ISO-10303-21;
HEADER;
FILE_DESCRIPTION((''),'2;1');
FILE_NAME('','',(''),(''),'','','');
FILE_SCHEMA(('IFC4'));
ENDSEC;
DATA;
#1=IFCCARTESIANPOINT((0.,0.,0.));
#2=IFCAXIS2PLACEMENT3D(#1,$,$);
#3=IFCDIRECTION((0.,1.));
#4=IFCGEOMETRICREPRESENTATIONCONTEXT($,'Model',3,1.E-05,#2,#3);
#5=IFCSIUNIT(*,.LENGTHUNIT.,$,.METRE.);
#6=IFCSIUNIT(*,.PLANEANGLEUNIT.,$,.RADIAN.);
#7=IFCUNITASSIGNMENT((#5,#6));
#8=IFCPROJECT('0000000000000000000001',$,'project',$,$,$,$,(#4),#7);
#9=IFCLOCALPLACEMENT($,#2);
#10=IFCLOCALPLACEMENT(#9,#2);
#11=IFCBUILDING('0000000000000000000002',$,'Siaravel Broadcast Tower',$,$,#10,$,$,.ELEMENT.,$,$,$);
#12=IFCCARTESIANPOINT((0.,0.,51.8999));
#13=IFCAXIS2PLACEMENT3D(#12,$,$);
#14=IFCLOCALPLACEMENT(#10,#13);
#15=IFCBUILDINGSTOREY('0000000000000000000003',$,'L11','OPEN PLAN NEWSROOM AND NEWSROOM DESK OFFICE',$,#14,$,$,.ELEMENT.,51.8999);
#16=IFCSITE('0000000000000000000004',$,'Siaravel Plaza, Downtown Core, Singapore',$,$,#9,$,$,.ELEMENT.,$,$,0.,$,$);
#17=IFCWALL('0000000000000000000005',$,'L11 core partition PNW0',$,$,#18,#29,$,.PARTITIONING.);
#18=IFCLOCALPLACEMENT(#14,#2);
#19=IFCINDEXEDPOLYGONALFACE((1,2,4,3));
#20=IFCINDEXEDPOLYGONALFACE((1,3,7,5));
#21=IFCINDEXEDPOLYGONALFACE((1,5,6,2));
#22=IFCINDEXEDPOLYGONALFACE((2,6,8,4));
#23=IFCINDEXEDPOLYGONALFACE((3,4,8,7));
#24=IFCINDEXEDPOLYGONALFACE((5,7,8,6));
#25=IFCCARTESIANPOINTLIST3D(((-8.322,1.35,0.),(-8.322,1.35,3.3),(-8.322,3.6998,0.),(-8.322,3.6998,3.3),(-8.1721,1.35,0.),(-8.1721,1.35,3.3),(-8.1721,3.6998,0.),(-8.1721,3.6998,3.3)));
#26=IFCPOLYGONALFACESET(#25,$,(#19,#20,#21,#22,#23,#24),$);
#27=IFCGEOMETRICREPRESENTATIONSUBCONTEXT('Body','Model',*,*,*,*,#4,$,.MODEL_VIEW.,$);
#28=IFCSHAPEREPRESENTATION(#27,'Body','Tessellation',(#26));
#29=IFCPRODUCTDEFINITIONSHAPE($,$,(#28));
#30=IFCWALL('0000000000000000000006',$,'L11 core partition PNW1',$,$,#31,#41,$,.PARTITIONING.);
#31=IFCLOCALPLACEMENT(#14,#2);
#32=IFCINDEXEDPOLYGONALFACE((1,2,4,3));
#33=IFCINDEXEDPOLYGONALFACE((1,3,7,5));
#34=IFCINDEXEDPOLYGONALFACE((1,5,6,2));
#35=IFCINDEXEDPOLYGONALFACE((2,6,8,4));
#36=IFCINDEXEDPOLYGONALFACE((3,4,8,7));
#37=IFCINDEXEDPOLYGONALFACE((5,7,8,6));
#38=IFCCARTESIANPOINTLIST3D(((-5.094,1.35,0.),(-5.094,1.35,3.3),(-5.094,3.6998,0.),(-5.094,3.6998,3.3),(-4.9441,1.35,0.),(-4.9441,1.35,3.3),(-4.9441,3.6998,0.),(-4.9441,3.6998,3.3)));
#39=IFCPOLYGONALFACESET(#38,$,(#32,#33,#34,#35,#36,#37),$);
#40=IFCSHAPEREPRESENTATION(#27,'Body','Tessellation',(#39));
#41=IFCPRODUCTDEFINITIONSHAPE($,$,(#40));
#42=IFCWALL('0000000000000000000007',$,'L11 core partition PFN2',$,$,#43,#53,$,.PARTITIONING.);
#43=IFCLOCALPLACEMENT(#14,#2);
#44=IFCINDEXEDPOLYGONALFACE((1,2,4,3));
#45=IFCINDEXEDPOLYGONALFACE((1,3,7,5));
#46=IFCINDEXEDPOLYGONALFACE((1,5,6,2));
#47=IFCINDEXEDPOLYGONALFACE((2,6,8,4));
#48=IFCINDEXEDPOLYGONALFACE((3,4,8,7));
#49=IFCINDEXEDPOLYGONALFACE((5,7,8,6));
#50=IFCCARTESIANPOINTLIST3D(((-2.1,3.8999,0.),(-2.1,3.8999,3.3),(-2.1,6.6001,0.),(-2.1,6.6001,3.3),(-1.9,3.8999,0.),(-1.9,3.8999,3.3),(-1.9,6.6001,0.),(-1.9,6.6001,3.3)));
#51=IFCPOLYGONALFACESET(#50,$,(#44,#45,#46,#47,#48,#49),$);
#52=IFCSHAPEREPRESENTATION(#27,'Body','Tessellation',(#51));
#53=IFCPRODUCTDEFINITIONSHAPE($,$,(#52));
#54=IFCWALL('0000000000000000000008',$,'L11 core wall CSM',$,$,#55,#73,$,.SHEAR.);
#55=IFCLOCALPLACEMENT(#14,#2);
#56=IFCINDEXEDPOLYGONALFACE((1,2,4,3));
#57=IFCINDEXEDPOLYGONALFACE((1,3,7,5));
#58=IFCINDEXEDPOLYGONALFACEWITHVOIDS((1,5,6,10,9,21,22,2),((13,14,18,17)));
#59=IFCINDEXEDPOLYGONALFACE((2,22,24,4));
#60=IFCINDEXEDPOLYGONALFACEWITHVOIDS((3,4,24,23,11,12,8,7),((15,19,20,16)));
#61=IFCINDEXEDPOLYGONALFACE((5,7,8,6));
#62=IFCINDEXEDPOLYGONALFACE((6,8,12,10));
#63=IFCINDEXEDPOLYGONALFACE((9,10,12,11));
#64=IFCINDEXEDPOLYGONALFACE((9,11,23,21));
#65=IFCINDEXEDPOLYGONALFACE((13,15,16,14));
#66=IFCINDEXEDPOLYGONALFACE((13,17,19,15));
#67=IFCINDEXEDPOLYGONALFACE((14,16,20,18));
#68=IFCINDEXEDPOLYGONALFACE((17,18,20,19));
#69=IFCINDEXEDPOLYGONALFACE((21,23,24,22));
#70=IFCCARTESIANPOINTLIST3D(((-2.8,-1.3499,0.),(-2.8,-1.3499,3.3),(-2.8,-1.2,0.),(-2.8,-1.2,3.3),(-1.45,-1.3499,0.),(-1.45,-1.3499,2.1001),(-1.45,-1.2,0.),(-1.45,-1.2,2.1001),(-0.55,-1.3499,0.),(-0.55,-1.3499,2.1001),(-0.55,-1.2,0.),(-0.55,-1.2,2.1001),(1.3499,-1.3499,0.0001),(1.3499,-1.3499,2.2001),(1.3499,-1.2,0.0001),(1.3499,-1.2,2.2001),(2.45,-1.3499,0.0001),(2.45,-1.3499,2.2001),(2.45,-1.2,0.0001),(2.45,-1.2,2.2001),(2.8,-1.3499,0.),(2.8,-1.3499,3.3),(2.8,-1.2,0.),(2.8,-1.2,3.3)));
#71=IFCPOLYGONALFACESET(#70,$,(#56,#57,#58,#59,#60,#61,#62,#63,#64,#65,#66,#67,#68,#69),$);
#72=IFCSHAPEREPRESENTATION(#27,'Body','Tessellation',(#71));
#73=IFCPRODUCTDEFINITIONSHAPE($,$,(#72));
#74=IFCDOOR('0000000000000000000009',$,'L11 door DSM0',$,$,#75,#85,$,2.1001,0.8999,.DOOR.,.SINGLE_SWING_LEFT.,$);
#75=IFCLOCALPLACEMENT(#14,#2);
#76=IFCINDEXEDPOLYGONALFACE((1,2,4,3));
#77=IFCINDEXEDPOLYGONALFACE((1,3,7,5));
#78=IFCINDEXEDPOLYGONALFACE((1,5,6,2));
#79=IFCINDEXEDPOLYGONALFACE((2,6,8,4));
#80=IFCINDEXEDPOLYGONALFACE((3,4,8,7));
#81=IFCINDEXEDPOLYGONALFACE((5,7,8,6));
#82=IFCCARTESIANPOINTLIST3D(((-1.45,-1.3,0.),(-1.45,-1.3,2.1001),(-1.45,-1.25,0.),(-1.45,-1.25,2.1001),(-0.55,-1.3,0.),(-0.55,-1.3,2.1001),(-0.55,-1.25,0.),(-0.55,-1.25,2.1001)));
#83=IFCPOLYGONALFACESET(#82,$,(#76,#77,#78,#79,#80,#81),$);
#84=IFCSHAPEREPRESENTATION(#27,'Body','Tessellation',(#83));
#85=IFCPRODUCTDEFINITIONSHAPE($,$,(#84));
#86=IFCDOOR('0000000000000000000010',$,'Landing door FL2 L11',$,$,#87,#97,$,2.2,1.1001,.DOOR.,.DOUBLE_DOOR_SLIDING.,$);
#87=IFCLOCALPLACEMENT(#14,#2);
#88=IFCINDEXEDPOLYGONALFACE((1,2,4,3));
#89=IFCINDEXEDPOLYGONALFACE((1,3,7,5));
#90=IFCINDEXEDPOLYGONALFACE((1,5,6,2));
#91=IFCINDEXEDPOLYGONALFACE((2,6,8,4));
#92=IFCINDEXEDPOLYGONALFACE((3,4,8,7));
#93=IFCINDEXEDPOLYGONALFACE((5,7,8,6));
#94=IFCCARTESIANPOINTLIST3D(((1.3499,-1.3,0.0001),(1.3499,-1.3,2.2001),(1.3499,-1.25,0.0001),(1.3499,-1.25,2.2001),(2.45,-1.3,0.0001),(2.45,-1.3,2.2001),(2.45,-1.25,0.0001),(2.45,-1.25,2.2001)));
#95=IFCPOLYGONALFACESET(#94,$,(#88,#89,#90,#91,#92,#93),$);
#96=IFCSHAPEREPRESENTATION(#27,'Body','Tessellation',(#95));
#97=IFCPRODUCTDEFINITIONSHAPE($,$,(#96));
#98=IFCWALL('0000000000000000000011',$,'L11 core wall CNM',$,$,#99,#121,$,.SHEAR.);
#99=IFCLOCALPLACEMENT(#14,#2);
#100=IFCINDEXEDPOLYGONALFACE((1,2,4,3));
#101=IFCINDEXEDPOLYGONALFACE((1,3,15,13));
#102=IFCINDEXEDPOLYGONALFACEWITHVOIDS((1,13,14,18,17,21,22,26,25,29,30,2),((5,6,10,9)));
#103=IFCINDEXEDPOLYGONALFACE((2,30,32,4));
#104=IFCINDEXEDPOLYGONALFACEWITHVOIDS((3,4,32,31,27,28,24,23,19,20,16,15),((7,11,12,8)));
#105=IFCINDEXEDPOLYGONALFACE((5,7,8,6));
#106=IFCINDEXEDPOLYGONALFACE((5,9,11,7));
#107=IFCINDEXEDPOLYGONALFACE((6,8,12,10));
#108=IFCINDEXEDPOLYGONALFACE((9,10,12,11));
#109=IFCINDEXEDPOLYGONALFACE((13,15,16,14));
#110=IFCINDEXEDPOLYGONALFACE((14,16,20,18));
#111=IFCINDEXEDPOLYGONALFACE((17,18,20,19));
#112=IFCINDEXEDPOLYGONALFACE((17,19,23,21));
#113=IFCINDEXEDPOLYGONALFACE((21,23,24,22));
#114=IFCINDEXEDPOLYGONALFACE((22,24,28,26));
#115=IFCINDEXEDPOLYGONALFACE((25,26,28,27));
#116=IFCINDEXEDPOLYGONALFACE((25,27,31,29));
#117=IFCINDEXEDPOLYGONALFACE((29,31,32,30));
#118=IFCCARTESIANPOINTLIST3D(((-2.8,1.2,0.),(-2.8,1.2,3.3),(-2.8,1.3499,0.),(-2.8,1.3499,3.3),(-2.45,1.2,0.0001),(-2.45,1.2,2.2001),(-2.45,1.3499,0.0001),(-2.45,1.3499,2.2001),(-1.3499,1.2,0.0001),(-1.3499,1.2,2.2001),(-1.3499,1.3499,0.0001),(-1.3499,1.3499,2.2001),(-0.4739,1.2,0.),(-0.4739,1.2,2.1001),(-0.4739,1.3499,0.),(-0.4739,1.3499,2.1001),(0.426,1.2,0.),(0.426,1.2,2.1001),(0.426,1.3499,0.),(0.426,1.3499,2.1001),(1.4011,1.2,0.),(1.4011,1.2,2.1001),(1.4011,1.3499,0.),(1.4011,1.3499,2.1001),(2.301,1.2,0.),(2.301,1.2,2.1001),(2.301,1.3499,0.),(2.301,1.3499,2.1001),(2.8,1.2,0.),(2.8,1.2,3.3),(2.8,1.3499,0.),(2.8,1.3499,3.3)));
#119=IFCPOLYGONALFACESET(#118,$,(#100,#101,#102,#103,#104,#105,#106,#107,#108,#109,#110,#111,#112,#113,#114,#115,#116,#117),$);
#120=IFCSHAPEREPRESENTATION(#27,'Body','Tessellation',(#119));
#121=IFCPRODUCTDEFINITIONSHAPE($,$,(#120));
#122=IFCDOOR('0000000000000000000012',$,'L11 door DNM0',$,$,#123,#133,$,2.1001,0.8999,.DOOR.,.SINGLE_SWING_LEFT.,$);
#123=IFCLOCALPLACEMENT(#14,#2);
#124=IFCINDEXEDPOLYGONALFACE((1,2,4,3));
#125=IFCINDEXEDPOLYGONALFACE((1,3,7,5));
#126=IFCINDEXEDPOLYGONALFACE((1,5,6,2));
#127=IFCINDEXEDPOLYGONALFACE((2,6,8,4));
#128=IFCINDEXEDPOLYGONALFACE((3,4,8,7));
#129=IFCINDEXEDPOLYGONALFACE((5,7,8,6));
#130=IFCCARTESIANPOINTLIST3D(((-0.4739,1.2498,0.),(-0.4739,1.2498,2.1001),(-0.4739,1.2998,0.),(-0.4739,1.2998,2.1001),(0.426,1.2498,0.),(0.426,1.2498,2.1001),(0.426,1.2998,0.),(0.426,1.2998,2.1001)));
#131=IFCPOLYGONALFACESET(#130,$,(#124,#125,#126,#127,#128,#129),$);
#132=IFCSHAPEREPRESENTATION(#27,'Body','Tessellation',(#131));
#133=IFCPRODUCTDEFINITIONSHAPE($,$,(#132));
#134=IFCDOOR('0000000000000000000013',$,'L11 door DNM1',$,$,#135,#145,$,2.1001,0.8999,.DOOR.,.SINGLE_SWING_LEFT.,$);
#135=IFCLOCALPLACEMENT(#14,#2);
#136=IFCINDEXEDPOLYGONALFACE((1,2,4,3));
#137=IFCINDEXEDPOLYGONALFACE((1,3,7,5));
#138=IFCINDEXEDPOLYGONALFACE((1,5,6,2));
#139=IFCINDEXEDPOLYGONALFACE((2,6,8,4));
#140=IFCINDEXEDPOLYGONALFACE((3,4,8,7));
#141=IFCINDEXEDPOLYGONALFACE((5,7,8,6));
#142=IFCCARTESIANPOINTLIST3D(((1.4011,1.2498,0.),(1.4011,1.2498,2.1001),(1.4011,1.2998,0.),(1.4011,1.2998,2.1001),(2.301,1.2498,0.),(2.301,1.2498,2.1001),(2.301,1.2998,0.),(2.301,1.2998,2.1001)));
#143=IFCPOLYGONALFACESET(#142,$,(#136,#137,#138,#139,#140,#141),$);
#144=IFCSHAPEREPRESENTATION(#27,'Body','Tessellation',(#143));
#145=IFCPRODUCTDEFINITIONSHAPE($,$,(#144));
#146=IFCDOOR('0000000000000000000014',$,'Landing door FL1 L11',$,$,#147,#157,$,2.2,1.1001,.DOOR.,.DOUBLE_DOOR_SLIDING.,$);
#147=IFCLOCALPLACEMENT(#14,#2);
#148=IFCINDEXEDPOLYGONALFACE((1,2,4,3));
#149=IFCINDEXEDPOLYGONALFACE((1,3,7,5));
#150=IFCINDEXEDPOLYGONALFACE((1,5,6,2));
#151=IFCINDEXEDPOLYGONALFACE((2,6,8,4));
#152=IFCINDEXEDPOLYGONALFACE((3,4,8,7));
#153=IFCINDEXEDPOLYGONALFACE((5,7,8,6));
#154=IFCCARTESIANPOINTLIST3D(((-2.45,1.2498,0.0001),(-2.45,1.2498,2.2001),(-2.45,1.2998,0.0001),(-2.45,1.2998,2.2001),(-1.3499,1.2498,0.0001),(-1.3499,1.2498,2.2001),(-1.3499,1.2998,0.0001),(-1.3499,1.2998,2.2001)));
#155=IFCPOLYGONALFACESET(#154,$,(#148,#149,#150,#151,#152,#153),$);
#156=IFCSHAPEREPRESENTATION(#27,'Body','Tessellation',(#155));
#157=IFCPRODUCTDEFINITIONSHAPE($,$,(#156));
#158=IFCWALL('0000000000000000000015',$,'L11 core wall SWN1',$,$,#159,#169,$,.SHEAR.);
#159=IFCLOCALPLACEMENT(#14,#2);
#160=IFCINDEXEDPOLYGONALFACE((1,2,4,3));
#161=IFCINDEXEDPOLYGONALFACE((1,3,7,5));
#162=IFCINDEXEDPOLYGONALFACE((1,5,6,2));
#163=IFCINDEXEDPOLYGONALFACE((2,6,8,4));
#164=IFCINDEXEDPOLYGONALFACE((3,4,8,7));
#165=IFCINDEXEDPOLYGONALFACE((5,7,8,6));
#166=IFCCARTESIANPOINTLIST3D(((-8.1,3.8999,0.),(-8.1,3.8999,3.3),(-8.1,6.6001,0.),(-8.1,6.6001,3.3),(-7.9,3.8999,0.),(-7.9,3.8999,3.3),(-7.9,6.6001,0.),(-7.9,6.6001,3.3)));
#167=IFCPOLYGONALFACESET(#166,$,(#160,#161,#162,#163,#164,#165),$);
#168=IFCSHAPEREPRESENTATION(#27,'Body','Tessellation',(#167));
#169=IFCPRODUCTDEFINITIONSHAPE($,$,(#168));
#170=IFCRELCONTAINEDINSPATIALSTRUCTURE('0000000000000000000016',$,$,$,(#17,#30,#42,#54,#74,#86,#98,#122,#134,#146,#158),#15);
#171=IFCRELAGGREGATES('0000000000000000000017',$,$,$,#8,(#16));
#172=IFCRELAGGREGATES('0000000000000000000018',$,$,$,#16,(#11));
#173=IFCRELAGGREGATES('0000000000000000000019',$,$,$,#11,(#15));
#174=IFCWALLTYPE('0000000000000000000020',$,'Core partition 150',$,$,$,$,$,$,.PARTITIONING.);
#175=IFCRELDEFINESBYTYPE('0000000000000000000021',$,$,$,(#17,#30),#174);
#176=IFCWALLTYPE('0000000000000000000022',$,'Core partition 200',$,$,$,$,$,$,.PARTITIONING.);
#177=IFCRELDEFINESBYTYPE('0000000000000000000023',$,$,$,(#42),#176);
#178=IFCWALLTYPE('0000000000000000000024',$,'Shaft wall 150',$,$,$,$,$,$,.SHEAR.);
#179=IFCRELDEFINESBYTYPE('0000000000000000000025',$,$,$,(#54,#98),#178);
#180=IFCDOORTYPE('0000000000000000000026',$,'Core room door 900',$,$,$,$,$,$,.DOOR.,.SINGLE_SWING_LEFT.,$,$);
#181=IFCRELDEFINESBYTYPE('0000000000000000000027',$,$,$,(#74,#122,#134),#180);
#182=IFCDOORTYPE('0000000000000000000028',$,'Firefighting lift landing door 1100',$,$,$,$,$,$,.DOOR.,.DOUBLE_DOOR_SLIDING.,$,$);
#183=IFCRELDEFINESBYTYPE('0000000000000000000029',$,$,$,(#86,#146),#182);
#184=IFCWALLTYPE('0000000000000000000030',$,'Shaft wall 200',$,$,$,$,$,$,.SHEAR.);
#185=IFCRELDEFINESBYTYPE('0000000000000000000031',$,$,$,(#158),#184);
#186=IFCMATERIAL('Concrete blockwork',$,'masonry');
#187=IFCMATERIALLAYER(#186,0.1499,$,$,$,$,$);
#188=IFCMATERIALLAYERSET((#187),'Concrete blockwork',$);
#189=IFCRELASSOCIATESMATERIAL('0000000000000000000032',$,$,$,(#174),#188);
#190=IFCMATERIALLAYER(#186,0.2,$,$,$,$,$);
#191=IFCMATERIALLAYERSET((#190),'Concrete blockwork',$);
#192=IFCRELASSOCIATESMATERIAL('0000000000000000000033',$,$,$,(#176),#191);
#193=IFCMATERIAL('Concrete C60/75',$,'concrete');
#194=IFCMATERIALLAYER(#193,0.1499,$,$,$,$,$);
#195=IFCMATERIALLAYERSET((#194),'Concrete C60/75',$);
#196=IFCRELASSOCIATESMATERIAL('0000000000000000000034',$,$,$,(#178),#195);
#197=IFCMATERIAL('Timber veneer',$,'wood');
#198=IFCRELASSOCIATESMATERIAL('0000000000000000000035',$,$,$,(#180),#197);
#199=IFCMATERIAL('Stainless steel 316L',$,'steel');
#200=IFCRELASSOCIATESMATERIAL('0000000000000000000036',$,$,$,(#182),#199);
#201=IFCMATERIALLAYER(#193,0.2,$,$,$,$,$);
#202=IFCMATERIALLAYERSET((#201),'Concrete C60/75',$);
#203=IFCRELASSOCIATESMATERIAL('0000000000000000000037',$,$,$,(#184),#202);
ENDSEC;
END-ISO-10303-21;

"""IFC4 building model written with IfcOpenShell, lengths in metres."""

from ifc_helpers import new_model, si_unit, direction, frame, frame_2d, origin, place, context, subcontext, project, spatial, rectangle, extrude, material, layer, layer_set, type_object, element, fill, save


model = new_model("IFC4")

# Units and contexts
model_context = context("Model", 3, precision=1e-05, world=origin(), true_north=direction((0.0, 1.0)))
body_context = subcontext(model_context, "Body", "Model", "MODEL_VIEW")
ifc_project = project(units=[si_unit("LENGTHUNIT", "METRE"), si_unit("PLANEANGLEUNIT", "RADIAN")], contexts=[model_context])

# Site, building, storey
site_placement = place(None, origin())
site = spatial("IfcSite", under=ifc_project, at=site_placement, Name="Siaravel Plaza, Downtown Core, Singapore", CompositionType="ELEMENT", RefElevation=0.0)
building_placement = place(site_placement, origin())
building = spatial("IfcBuilding", under=site, at=building_placement, Name="Siaravel Broadcast Tower", CompositionType="ELEMENT")
storey_placement = place(building_placement, frame((0.0, 0.0, 51.8999)))
storey = spatial("IfcBuildingStorey", under=building, at=storey_placement, Name="L11", Description="OPEN PLAN NEWSROOM AND NEWSROOM DESK OFFICE", CompositionType="ELEMENT", Elevation=51.8999)

# Walls
ifc_material_1 = material(Name="Concrete blockwork", Category="masonry")
ifc_layer_1 = layer(ifc_material_1, 0.1499)
ifc_layer_set_1 = layer_set([ifc_layer_1], Name="Concrete blockwork")
wall_type_1 = type_object("IfcWallType", Name="Core partition 150", PredefinedType="PARTITIONING", material=ifc_layer_set_1)
for number, where, z_axis, x_axis, name in (
    (1, (-8.2471, 1.3501, 0.0), (0.0, 0.0, 1.0), (0.0, 1.0, 0.0), "L11 core partition PNW0"),
    (2, (-5.019, 1.3501, 0.0), (0.0, 0.0, 1.0), (0.0, 1.0, 0.0), "L11 core partition PNW1"),
):
    element("IfcWall", number, at=place(storey_placement, frame(where, z_axis=z_axis, x_axis=x_axis)), inside=storey, type_object=wall_type_1, Name=name, PredefinedType="PARTITIONING", context=body_context, shape_type="SweptSolid", body=[
        extrude(rectangle(XDim=2.3499, YDim=0.1499, at=frame_2d((1.1748, 0.0))), origin(), (0.0, 0.0, 1.0), 3.3),
    ])
ifc_layer_2 = layer(ifc_material_1, 0.2)
ifc_layer_set_2 = layer_set([ifc_layer_2], Name="Concrete blockwork")
wall_type_2 = type_object("IfcWallType", Name="Core partition 200", PredefinedType="PARTITIONING", material=ifc_layer_set_2)
wall_1_placement = place(storey_placement, frame((-2.0, 3.8999, 0.0), z_axis=(0.0, 0.0, 1.0), x_axis=(0.0, 1.0, 0.0)))
element("IfcWall", 3, at=wall_1_placement, inside=storey, type_object=wall_type_2, Name="L11 core partition PFN2", PredefinedType="PARTITIONING", context=body_context, shape_type="SweptSolid", body=[
    extrude(rectangle(XDim=2.7002, YDim=0.2, at=frame_2d((1.3501, 0.0))), origin(), (0.0, 0.0, 1.0), 3.3),
])

# Walls, openings, doors
ifc_material_2 = material(Name="Concrete C60/75", Category="concrete")
ifc_layer_3 = layer(ifc_material_2, 0.1499)
ifc_layer_set_3 = layer_set([ifc_layer_3], Name="Concrete C60/75")
wall_type_3 = type_object("IfcWallType", Name="Shaft wall 150", PredefinedType="SHEAR", material=ifc_layer_set_3)
wall_2_placement = place(storey_placement, frame((-2.8, -1.2749, 0.0), z_axis=(0.0, 0.0, 1.0), x_axis=(1.0, 0.0, 0.0)))
wall_2 = element("IfcWall", 4, at=wall_2_placement, inside=storey, type_object=wall_type_3, Name="L11 core wall CSM", PredefinedType="SHEAR", context=body_context, shape_type="SweptSolid", body=[
    extrude(rectangle(XDim=5.6001, YDim=0.1499, at=frame_2d((2.8, 0.0))), origin(), (0.0, 0.0, 1.0), 3.3),
])
opening_1_placement = place(wall_2_placement, frame((4.1499, 0.0, 0.0)))
opening_1 = element("IfcOpeningElement", 5, at=opening_1_placement, cuts=wall_2, PredefinedType="OPENING", context=body_context, shape_type="SweptSolid", body=[
    extrude(rectangle(XDim=1.1001, YDim=2.2, at=frame_2d((0.55, 1.1001))), frame((0.0, 0.085, 0.0), z_axis=(0.0, -1.0, 0.0), x_axis=(1.0, 0.0, 0.0)), (0.0, 0.0, 1.0), 0.1699),
])
opening_2_placement = place(wall_2_placement, frame((1.3501, 0.0, 0.0)))
opening_2 = element("IfcOpeningElement", 6, at=opening_2_placement, cuts=wall_2, PredefinedType="OPENING", context=body_context, shape_type="SweptSolid", body=[
    extrude(rectangle(XDim=0.8999, YDim=2.1001, at=frame_2d((0.45, 1.05))), frame((0.0, 0.085, 0.0), z_axis=(0.0, -1.0, 0.0), x_axis=(1.0, 0.0, 0.0)), (0.0, 0.0, 1.0), 0.1699),
])
ifc_material_3 = material(Name="Timber veneer", Category="wood")
door_type_1 = type_object("IfcDoorType", Name="Core room door 900", OperationType="SINGLE_SWING_LEFT", PredefinedType="DOOR", material=ifc_material_3)
door_1_placement = place(opening_2_placement, origin())
door_1 = element("IfcDoor", 7, at=door_1_placement, inside=storey, type_object=door_type_1, Name="L11 door DSM0", OperationType="SINGLE_SWING_LEFT", OverallHeight=2.1001, OverallWidth=0.8999, PredefinedType="DOOR", context=body_context, shape_type="SweptSolid", body=[
    extrude(rectangle(XDim=0.8999, YDim=2.1001, at=frame_2d((0.45, 1.05))), frame((0.0, 0.0249, 0.0), z_axis=(0.0, -1.0, 0.0), x_axis=(1.0, 0.0, 0.0)), (0.0, 0.0, 1.0), 0.05),
])
fill(opening_2, door_1)
ifc_material_4 = material(Name="Stainless steel 316L", Category="steel")
door_type_2 = type_object("IfcDoorType", Name="Firefighting lift landing door 1100", OperationType="DOUBLE_DOOR_SLIDING", PredefinedType="DOOR", material=ifc_material_4)
door_2_placement = place(opening_1_placement, origin())
door_2 = element("IfcDoor", 8, at=door_2_placement, inside=storey, type_object=door_type_2, Name="Landing door FL2 L11", OperationType="DOUBLE_DOOR_SLIDING", OverallHeight=2.2, OverallWidth=1.1001, PredefinedType="DOOR", context=body_context, shape_type="SweptSolid", body=[
    extrude(rectangle(XDim=1.1001, YDim=2.2, at=frame_2d((0.55, 1.1001))), frame((0.0, 0.0249, 0.0), z_axis=(0.0, -1.0, 0.0), x_axis=(1.0, 0.0, 0.0)), (0.0, 0.0, 1.0), 0.05),
])
fill(opening_1, door_2)
wall_3_placement = place(storey_placement, frame((-2.8, 1.2749, 0.0), z_axis=(0.0, 0.0, 1.0), x_axis=(1.0, 0.0, 0.0)))
wall_3 = element("IfcWall", 9, at=wall_3_placement, inside=storey, type_object=wall_type_3, Name="L11 core wall CNM", PredefinedType="SHEAR", context=body_context, shape_type="SweptSolid", body=[
    extrude(rectangle(XDim=5.6001, YDim=0.1499, at=frame_2d((2.8, 0.0))), origin(), (0.0, 0.0, 1.0), 3.3),
])
opening_3_placement = place(wall_3_placement, frame((0.3501, 0.0, 0.0)))
opening_3 = element("IfcOpeningElement", 10, at=opening_3_placement, cuts=wall_3, PredefinedType="OPENING", context=body_context, shape_type="SweptSolid", body=[
    extrude(rectangle(XDim=1.1001, YDim=2.2, at=frame_2d((0.55, 1.1001))), frame((0.0, 0.085, 0.0), z_axis=(0.0, -1.0, 0.0), x_axis=(1.0, 0.0, 0.0)), (0.0, 0.0, 1.0), 0.1699),
])
opening_4_placement = place(wall_3_placement, frame((2.3262, 0.0, 0.0)))
opening_4 = element("IfcOpeningElement", 11, at=opening_4_placement, cuts=wall_3, PredefinedType="OPENING", context=body_context, shape_type="SweptSolid", body=[
    extrude(rectangle(XDim=0.8999, YDim=2.1001, at=frame_2d((0.45, 1.05))), frame((0.0, 0.085, 0.0), z_axis=(0.0, -1.0, 0.0), x_axis=(1.0, 0.0, 0.0)), (0.0, 0.0, 1.0), 0.1699),
])
opening_5_placement = place(wall_3_placement, frame((4.2012, 0.0, 0.0)))
opening_5 = element("IfcOpeningElement", 12, at=opening_5_placement, cuts=wall_3, PredefinedType="OPENING", context=body_context, shape_type="SweptSolid", body=[
    extrude(rectangle(XDim=0.8999, YDim=2.1001, at=frame_2d((0.45, 1.05))), frame((0.0, 0.085, 0.0), z_axis=(0.0, -1.0, 0.0), x_axis=(1.0, 0.0, 0.0)), (0.0, 0.0, 1.0), 0.1699),
])
door_3_placement = place(opening_4_placement, origin())
door_3 = element("IfcDoor", 13, at=door_3_placement, inside=storey, type_object=door_type_1, Name="L11 door DNM0", OperationType="SINGLE_SWING_LEFT", OverallHeight=2.1001, OverallWidth=0.8999, PredefinedType="DOOR", context=body_context, shape_type="SweptSolid", body=[
    extrude(rectangle(XDim=0.8999, YDim=2.1001, at=frame_2d((0.45, 1.05))), frame((0.0, 0.0249, 0.0), z_axis=(0.0, -1.0, 0.0), x_axis=(1.0, 0.0, 0.0)), (0.0, 0.0, 1.0), 0.05),
])
fill(opening_4, door_3)
door_4_placement = place(opening_5_placement, origin())
door_4 = element("IfcDoor", 14, at=door_4_placement, inside=storey, type_object=door_type_1, Name="L11 door DNM1", OperationType="SINGLE_SWING_LEFT", OverallHeight=2.1001, OverallWidth=0.8999, PredefinedType="DOOR", context=body_context, shape_type="SweptSolid", body=[
    extrude(rectangle(XDim=0.8999, YDim=2.1001, at=frame_2d((0.45, 1.05))), frame((0.0, 0.0249, 0.0), z_axis=(0.0, -1.0, 0.0), x_axis=(1.0, 0.0, 0.0)), (0.0, 0.0, 1.0), 0.05),
])
fill(opening_5, door_4)
door_5_placement = place(opening_3_placement, origin())
door_5 = element("IfcDoor", 15, at=door_5_placement, inside=storey, type_object=door_type_2, Name="Landing door FL1 L11", OperationType="DOUBLE_DOOR_SLIDING", OverallHeight=2.2, OverallWidth=1.1001, PredefinedType="DOOR", context=body_context, shape_type="SweptSolid", body=[
    extrude(rectangle(XDim=1.1001, YDim=2.2, at=frame_2d((0.55, 1.1001))), frame((0.0, 0.0249, 0.0), z_axis=(0.0, -1.0, 0.0), x_axis=(1.0, 0.0, 0.0)), (0.0, 0.0, 1.0), 0.05),
])
fill(opening_3, door_5)

# Wall
ifc_layer_4 = layer(ifc_material_2, 0.2)
ifc_layer_set_4 = layer_set([ifc_layer_4], Name="Concrete C60/75")
wall_type_4 = type_object("IfcWallType", Name="Shaft wall 200", PredefinedType="SHEAR", material=ifc_layer_set_4)
for number, where, z_axis, x_axis, name in (
    (16, (-8.0, 3.8999, 0.0), (0.0, 0.0, 1.0), (0.0, 1.0, 0.0), "L11 core wall SWN1"),
):
    element("IfcWall", number, at=place(storey_placement, frame(where, z_axis=z_axis, x_axis=x_axis)), inside=storey, type_object=wall_type_4, Name=name, PredefinedType="SHEAR", context=body_context, shape_type="SweptSolid", body=[
        extrude(rectangle(XDim=2.7002, YDim=0.2, at=frame_2d((1.3501, 0.0))), origin(), (0.0, 0.0, 1.0), 3.3),
    ])

save(model, "model.ifc")
